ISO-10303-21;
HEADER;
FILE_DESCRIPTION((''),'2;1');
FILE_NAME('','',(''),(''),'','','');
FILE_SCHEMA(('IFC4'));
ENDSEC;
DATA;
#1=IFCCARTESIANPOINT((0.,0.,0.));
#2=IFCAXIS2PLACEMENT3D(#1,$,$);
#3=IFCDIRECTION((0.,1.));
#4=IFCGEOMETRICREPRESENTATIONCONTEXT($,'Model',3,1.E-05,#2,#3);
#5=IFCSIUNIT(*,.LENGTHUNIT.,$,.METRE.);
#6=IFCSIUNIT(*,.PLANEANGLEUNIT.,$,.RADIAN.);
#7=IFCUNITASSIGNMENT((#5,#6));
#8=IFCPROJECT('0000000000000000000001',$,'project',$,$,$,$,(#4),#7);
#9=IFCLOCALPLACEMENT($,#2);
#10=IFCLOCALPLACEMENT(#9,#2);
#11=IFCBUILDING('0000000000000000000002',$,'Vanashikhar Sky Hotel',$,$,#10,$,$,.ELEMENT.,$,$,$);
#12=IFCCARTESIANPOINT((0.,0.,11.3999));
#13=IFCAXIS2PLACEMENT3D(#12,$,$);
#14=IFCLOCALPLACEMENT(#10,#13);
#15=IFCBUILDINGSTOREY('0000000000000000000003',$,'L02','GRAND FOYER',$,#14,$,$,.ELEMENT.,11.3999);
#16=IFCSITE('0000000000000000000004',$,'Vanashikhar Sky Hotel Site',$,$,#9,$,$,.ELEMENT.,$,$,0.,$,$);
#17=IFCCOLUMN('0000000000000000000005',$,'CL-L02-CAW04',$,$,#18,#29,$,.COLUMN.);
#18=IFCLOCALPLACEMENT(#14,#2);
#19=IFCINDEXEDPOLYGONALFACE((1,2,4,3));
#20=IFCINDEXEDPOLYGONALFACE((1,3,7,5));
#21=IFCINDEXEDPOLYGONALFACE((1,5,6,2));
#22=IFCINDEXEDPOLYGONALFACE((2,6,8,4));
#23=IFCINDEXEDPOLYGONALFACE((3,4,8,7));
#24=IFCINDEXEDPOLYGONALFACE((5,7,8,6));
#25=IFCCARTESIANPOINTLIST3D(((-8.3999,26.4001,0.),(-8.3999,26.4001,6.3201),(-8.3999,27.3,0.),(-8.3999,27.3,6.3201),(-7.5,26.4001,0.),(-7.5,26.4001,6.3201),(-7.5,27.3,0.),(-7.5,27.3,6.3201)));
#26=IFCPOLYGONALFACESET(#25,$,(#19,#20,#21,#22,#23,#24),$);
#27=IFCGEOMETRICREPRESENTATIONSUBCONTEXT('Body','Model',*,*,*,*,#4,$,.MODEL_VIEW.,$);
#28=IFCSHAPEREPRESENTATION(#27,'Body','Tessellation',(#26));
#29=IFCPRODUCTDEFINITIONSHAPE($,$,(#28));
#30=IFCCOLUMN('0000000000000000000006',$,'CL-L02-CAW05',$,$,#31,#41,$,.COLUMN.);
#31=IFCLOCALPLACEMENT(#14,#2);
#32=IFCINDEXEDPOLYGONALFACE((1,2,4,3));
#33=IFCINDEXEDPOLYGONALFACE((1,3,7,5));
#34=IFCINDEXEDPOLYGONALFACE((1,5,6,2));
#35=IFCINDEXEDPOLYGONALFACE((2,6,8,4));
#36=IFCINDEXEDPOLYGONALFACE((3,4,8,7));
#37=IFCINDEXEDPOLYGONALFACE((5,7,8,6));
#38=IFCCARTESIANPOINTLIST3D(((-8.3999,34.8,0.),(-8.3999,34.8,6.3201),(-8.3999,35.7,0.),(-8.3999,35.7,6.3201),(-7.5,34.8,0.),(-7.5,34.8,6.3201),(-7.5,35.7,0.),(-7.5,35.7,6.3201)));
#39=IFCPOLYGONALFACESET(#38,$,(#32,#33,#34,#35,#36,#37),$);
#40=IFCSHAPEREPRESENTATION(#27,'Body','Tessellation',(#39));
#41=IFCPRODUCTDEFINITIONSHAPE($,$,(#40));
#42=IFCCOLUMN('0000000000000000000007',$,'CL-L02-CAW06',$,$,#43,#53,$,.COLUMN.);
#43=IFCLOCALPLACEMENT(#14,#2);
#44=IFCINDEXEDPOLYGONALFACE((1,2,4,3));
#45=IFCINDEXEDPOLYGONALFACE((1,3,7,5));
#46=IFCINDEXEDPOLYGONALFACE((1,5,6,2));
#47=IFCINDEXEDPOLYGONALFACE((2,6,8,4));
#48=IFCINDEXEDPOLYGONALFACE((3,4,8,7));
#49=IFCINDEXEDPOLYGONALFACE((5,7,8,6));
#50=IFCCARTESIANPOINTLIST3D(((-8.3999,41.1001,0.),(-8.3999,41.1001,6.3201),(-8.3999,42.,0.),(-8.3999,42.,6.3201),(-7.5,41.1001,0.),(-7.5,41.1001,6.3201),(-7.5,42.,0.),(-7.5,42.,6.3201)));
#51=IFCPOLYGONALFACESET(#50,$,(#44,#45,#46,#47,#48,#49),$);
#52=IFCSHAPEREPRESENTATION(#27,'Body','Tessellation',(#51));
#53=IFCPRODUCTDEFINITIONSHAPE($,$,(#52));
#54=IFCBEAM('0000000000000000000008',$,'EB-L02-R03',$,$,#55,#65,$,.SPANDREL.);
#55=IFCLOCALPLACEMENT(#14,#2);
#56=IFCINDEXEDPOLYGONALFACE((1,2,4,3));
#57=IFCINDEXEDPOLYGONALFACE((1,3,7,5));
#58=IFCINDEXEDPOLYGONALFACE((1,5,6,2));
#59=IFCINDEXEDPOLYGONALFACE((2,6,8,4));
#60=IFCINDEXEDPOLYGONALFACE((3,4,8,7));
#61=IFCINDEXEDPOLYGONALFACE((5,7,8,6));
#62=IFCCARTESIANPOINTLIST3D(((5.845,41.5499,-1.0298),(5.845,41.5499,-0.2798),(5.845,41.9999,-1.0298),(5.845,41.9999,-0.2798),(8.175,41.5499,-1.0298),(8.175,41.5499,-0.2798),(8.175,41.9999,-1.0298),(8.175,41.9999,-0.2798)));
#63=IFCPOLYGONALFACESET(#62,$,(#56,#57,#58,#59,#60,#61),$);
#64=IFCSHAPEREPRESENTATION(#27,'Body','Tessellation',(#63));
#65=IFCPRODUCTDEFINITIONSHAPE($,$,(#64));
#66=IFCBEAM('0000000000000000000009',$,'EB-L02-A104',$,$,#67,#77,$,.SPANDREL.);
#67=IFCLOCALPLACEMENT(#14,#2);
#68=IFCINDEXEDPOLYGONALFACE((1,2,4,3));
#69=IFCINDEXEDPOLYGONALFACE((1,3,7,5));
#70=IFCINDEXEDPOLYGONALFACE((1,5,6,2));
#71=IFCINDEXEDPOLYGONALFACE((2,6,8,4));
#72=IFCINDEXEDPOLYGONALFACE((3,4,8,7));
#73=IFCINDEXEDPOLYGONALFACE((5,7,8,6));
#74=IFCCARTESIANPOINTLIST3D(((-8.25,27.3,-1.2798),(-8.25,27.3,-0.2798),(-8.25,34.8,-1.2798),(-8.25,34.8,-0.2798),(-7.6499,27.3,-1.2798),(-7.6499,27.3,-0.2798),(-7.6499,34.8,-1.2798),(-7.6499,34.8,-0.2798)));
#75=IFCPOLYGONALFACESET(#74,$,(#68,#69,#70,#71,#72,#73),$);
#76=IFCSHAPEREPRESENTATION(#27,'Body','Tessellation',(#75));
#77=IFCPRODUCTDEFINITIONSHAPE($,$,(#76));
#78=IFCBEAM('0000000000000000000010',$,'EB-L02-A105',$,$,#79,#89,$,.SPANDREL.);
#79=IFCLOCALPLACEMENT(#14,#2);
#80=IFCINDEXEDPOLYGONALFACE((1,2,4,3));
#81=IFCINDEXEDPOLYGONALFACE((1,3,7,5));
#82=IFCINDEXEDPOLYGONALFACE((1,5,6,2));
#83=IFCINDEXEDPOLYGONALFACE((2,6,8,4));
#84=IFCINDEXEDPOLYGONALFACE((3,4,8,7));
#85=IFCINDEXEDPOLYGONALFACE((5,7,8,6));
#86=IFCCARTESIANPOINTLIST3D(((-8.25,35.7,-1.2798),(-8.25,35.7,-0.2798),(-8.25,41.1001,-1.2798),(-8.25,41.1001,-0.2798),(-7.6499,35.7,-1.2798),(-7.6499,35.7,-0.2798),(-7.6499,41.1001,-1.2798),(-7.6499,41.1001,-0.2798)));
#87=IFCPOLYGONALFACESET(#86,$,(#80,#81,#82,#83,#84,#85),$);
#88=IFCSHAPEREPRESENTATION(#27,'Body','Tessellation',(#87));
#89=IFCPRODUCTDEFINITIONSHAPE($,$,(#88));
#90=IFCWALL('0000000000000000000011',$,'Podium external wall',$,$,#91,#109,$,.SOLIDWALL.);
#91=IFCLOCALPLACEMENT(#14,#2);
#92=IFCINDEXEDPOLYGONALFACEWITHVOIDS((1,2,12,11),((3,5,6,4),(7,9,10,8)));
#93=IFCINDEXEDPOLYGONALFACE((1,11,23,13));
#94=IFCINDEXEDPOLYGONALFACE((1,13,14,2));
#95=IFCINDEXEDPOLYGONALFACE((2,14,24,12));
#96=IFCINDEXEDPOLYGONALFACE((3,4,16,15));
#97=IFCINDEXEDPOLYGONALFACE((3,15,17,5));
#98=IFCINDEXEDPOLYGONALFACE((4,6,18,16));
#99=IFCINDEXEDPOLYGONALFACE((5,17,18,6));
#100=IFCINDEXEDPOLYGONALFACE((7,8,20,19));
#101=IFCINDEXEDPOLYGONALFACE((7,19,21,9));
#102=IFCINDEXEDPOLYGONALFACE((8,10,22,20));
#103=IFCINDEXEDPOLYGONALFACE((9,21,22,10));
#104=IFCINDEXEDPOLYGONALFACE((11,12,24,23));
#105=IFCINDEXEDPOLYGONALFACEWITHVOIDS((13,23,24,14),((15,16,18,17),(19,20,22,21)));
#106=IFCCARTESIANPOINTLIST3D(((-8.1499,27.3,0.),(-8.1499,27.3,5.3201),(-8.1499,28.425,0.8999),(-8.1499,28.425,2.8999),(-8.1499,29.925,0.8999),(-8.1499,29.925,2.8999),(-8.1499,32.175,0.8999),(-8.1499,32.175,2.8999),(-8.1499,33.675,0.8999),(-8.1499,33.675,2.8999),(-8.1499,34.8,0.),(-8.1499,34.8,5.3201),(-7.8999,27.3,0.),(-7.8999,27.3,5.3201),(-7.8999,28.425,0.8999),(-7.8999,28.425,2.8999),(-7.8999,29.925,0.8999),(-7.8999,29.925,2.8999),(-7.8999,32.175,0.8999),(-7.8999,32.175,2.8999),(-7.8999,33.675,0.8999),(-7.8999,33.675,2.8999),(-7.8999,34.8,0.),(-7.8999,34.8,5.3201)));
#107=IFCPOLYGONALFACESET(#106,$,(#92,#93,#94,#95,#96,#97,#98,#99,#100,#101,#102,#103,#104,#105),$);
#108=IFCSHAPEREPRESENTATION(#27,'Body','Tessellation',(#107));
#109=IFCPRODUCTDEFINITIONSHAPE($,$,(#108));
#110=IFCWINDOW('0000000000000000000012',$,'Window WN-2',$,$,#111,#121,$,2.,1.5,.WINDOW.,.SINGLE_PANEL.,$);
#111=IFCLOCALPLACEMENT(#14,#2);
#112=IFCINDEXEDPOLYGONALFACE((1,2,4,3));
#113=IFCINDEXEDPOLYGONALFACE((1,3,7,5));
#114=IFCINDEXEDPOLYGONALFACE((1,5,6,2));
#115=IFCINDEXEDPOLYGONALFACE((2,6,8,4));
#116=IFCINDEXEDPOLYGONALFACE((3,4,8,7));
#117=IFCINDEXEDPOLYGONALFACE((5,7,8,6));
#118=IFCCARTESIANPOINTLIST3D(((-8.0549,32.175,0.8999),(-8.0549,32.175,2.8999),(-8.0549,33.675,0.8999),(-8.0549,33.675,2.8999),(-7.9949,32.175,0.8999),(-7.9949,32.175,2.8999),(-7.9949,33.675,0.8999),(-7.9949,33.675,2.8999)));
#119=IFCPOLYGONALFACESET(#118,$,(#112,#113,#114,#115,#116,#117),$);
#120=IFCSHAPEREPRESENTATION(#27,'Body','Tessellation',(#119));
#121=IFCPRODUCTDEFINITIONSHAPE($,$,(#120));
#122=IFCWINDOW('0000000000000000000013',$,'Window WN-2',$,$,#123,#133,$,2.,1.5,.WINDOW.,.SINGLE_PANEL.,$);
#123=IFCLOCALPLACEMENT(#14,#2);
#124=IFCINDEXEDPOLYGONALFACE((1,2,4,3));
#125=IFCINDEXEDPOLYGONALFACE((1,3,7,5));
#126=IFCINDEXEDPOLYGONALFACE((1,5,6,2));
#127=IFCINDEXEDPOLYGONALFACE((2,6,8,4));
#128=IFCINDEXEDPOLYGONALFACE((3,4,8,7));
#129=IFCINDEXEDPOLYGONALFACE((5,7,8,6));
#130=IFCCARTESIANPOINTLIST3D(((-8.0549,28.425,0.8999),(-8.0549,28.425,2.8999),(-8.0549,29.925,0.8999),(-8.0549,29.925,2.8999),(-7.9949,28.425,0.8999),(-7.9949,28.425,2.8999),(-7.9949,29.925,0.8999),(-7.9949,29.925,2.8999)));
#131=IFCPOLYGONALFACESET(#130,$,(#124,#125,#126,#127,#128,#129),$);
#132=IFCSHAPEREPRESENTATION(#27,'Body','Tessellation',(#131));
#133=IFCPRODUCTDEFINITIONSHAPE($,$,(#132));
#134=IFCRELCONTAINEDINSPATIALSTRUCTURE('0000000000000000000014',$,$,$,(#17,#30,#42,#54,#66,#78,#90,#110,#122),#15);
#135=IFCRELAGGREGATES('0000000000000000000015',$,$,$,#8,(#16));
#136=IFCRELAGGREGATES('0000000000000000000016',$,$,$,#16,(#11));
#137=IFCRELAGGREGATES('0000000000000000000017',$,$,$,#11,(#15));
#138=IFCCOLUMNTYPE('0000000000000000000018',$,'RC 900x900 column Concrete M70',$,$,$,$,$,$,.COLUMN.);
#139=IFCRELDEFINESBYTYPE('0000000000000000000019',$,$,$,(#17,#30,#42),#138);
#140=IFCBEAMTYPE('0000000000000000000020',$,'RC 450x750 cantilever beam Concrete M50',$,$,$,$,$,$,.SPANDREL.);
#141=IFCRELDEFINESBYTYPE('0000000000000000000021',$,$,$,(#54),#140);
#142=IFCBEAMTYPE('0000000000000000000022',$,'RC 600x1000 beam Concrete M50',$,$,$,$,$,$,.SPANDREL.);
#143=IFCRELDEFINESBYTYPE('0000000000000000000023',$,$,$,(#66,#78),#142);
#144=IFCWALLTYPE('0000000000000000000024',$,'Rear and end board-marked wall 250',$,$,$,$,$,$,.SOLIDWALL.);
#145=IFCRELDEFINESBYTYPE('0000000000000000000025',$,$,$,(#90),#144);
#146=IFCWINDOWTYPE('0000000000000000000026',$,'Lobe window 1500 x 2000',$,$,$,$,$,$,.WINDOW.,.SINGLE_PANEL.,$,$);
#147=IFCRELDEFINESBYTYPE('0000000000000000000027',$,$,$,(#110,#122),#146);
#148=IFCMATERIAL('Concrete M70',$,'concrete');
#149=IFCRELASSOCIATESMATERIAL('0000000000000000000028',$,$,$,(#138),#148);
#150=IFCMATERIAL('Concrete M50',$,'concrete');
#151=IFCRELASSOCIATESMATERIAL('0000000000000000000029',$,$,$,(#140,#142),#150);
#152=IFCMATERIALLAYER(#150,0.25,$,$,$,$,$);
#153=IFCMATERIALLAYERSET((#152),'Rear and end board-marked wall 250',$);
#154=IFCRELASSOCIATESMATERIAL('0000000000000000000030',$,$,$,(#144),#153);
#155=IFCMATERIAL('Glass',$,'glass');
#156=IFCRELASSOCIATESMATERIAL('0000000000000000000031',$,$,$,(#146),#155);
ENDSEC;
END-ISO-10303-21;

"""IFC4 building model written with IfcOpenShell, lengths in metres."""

from ifc_helpers import new_model, si_unit, direction, frame, frame_2d, origin, origin_2d, place, context, subcontext, project, spatial, rectangle, extrude, source, transform, mapped, material, layer, layer_set, material_profile, profile_set, type_object, element, fill, save


model = new_model("IFC4")

# Units and contexts
model_context = context("Model", 3, precision=1e-05, world=origin(), true_north=direction((0.0, 1.0)))
body_context = subcontext(model_context, "Body", "Model", "MODEL_VIEW")
ifc_project = project(units=[si_unit("LENGTHUNIT", "METRE"), si_unit("PLANEANGLEUNIT", "RADIAN")], contexts=[model_context])

# Site, building, storey
site_placement = place(None, origin())
site = spatial("IfcSite", under=ifc_project, at=site_placement, Name="Vanashikhar Sky Hotel Site", CompositionType="ELEMENT", RefElevation=0.0)
building_placement = place(site_placement, origin())
building = spatial("IfcBuilding", under=site, at=building_placement, Name="Vanashikhar Sky Hotel", CompositionType="ELEMENT")
storey_placement = place(building_placement, frame((0.0, 0.0, 11.3999)))
storey = spatial("IfcBuildingStorey", under=building, at=storey_placement, Name="L02", Description="GRAND FOYER", CompositionType="ELEMENT", Elevation=11.3999)

# Columns
ifc_material_1 = material(Name="Concrete M70", Category="concrete")
ifc_material_profile_1 = material_profile(ifc_material_1, rectangle(XDim=0.8999, YDim=0.8999, at=origin_2d()))
ifc_profile_set_1 = profile_set([ifc_material_profile_1], Name="RC 900x900 column Concrete M70")
column_type = type_object("IfcColumnType", Name="RC 900x900 column Concrete M70", PredefinedType="COLUMN", material=ifc_profile_set_1)
shared_shape_1 = source(origin(), body_context, "Body", "SweptSolid", [
    extrude(rectangle(XDim=0.8999, YDim=0.8999, at=origin_2d()), origin(), (0.0, 0.0, 1.0), 6.3201),
])
for number, where, z_axis, x_axis, name in (
    (1, (-7.95, 26.8501, 0.0), (0.0, 0.0, 1.0), (1.0, 0.0, 0.0), "CL-L02-CAW04"),
    (2, (-7.95, 35.25, 0.0), (0.0, 0.0, 1.0), (1.0, 0.0, 0.0), "CL-L02-CAW05"),
    (3, (-7.95, 41.55, 0.0), (0.0, 0.0, 1.0), (1.0, 0.0, 0.0), "CL-L02-CAW06"),
):
    element("IfcColumn", number, at=place(storey_placement, frame(where, z_axis=z_axis, x_axis=x_axis)), inside=storey, type_object=column_type, Name=name, PredefinedType="COLUMN", context=body_context, shape_type="MappedRepresentation", body=[
        mapped(shared_shape_1, transform((0.0, 0.0, 0.0), scale=1.0)),
    ])

# Beams
ifc_material_2 = material(Name="Concrete M50", Category="concrete")
ifc_material_profile_2 = material_profile(ifc_material_2, rectangle(XDim=0.45, YDim=0.75, at=origin_2d()))
ifc_profile_set_2 = profile_set([ifc_material_profile_2], Name="RC 450x750 cantilever beam Concrete M50")
beam_type_1 = type_object("IfcBeamType", Name="RC 450x750 cantilever beam Concrete M50", PredefinedType="SPANDREL", material=ifc_profile_set_2)
shared_shape_2 = source(origin(), body_context, "Body", "SweptSolid", [
    extrude(rectangle(XDim=0.45, YDim=0.75, at=origin_2d()), origin(), (0.0, 0.0, 1.0), 2.3301),
])
beam_1_placement = place(storey_placement, frame((5.845, 41.7749, -0.6548), z_axis=(1.0, 0.0, 0.0), x_axis=(0.0, 1.0, 0.0)))
element("IfcBeam", 4, at=beam_1_placement, inside=storey, type_object=beam_type_1, Name="EB-L02-R03", PredefinedType="SPANDREL", context=body_context, shape_type="MappedRepresentation", body=[
    mapped(shared_shape_2, transform((0.0, 0.0, 0.0), scale=1.0)),
])
ifc_material_profile_3 = material_profile(ifc_material_2, rectangle(XDim=0.6001, YDim=1.0, at=origin_2d()))
ifc_profile_set_3 = profile_set([ifc_material_profile_3], Name="RC 600x1000 beam Concrete M50")
beam_type_2 = type_object("IfcBeamType", Name="RC 600x1000 beam Concrete M50", PredefinedType="SPANDREL", material=ifc_profile_set_3)
shared_shape_3 = source(origin(), body_context, "Body", "SweptSolid", [
    extrude(rectangle(XDim=0.6001, YDim=1.0, at=origin_2d()), origin(), (0.0, 0.0, 1.0), 7.5),
])
beam_2_placement = place(storey_placement, frame((-7.95, 27.3, -0.7798), z_axis=(0.0, 1.0, 0.0), x_axis=(-1.0, 0.0, 0.0)))
element("IfcBeam", 5, at=beam_2_placement, inside=storey, type_object=beam_type_2, Name="EB-L02-A104", PredefinedType="SPANDREL", context=body_context, shape_type="MappedRepresentation", body=[
    mapped(shared_shape_3, transform((0.0, 0.0, 0.0), scale=1.0)),
])
shared_shape_4 = source(origin(), body_context, "Body", "SweptSolid", [
    extrude(rectangle(XDim=0.6001, YDim=1.0, at=origin_2d()), origin(), (0.0, 0.0, 1.0), 5.4001),
])
beam_3_placement = place(storey_placement, frame((-7.95, 35.7, -0.7798), z_axis=(0.0, 1.0, 0.0), x_axis=(-1.0, 0.0, 0.0)))
element("IfcBeam", 6, at=beam_3_placement, inside=storey, type_object=beam_type_2, Name="EB-L02-A105", PredefinedType="SPANDREL", context=body_context, shape_type="MappedRepresentation", body=[
    mapped(shared_shape_4, transform((0.0, 0.0, 0.0), scale=1.0)),
])

# Wall, openings, windows
ifc_layer_1 = layer(ifc_material_2, 0.25)
ifc_layer_set_1 = layer_set([ifc_layer_1], Name="Rear and end board-marked wall 250")
wall_type_1 = type_object("IfcWallType", Name="Rear and end board-marked wall 250", PredefinedType="SOLIDWALL", material=ifc_layer_set_1)
shared_shape_5 = source(origin(), body_context, "Body", "SweptSolid", [
    extrude(rectangle(XDim=7.5, YDim=0.25, at=frame_2d((3.75, 0.0))), origin(), (0.0, 0.0, 1.0), 5.3201),
])
wall_1_placement = place(storey_placement, frame((-8.0249, 34.8, 0.0), z_axis=(0.0, 0.0, 1.0), x_axis=(0.0, -1.0, 0.0)))
wall_1 = element("IfcWall", 7, at=wall_1_placement, inside=storey, type_object=wall_type_1, Name="Podium external wall", PredefinedType="SOLIDWALL", context=body_context, shape_type="MappedRepresentation", body=[
    mapped(shared_shape_5, transform((0.0, 0.0, 0.0), scale=1.0)),
])
shared_shape_6 = source(origin(), body_context, "Body", "SweptSolid", [
    extrude(rectangle(XDim=1.5, YDim=2.0, at=frame_2d((0.75, 1.0))), frame((0.0, 0.135, 0.0), z_axis=(0.0, -1.0, 0.0), x_axis=(1.0, 0.0, 0.0)), (0.0, 0.0, 1.0), 0.27),
])
opening_1_placement = place(wall_1_placement, frame((1.125, 0.0, 0.8999)))
opening_1 = element("IfcOpeningElement", 8, at=opening_1_placement, cuts=wall_1, PredefinedType="OPENING", context=body_context, shape_type="MappedRepresentation", body=[
    mapped(shared_shape_6, transform((0.0, 0.0, 0.0), scale=1.0)),
])
opening_2_placement = place(wall_1_placement, frame((4.875, 0.0, 0.8999)))
opening_2 = element("IfcOpeningElement", 9, at=opening_2_placement, cuts=wall_1, PredefinedType="OPENING", context=body_context, shape_type="MappedRepresentation", body=[
    mapped(shared_shape_6, transform((0.0, 0.0, 0.0), scale=1.0)),
])
ifc_material_3 = material(Name="Glass", Category="glass")
window_type_1 = type_object("IfcWindowType", Name="Lobe window 1500 x 2000", PartitioningType="SINGLE_PANEL", PredefinedType="WINDOW", material=ifc_material_3)
shared_shape_7 = source(origin(), body_context, "Body", "SweptSolid", [
    extrude(rectangle(XDim=1.5, YDim=2.0, at=frame_2d((0.75, 1.0))), frame((0.0, 0.03, 0.0), z_axis=(0.0, -1.0, 0.0), x_axis=(1.0, 0.0, 0.0)), (0.0, 0.0, 1.0), 0.0601),
])
window_1_placement = place(opening_1_placement, origin())
window_1 = element("IfcWindow", 10, at=window_1_placement, inside=storey, type_object=window_type_1, Name="Window WN-2", OverallHeight=2.0, OverallWidth=1.5, PartitioningType="SINGLE_PANEL", PredefinedType="WINDOW", context=body_context, shape_type="MappedRepresentation", body=[
    mapped(shared_shape_7, transform((0.0, 0.0, 0.0), scale=1.0)),
])
fill(opening_1, window_1)
window_2_placement = place(opening_2_placement, origin())
window_2 = element("IfcWindow", 11, at=window_2_placement, inside=storey, type_object=window_type_1, Name="Window WN-2", OverallHeight=2.0, OverallWidth=1.5, PartitioningType="SINGLE_PANEL", PredefinedType="WINDOW", context=body_context, shape_type="MappedRepresentation", body=[
    mapped(shared_shape_7, transform((0.0, 0.0, 0.0), scale=1.0)),
])
fill(opening_2, window_2)

save(model, "model.ifc")
